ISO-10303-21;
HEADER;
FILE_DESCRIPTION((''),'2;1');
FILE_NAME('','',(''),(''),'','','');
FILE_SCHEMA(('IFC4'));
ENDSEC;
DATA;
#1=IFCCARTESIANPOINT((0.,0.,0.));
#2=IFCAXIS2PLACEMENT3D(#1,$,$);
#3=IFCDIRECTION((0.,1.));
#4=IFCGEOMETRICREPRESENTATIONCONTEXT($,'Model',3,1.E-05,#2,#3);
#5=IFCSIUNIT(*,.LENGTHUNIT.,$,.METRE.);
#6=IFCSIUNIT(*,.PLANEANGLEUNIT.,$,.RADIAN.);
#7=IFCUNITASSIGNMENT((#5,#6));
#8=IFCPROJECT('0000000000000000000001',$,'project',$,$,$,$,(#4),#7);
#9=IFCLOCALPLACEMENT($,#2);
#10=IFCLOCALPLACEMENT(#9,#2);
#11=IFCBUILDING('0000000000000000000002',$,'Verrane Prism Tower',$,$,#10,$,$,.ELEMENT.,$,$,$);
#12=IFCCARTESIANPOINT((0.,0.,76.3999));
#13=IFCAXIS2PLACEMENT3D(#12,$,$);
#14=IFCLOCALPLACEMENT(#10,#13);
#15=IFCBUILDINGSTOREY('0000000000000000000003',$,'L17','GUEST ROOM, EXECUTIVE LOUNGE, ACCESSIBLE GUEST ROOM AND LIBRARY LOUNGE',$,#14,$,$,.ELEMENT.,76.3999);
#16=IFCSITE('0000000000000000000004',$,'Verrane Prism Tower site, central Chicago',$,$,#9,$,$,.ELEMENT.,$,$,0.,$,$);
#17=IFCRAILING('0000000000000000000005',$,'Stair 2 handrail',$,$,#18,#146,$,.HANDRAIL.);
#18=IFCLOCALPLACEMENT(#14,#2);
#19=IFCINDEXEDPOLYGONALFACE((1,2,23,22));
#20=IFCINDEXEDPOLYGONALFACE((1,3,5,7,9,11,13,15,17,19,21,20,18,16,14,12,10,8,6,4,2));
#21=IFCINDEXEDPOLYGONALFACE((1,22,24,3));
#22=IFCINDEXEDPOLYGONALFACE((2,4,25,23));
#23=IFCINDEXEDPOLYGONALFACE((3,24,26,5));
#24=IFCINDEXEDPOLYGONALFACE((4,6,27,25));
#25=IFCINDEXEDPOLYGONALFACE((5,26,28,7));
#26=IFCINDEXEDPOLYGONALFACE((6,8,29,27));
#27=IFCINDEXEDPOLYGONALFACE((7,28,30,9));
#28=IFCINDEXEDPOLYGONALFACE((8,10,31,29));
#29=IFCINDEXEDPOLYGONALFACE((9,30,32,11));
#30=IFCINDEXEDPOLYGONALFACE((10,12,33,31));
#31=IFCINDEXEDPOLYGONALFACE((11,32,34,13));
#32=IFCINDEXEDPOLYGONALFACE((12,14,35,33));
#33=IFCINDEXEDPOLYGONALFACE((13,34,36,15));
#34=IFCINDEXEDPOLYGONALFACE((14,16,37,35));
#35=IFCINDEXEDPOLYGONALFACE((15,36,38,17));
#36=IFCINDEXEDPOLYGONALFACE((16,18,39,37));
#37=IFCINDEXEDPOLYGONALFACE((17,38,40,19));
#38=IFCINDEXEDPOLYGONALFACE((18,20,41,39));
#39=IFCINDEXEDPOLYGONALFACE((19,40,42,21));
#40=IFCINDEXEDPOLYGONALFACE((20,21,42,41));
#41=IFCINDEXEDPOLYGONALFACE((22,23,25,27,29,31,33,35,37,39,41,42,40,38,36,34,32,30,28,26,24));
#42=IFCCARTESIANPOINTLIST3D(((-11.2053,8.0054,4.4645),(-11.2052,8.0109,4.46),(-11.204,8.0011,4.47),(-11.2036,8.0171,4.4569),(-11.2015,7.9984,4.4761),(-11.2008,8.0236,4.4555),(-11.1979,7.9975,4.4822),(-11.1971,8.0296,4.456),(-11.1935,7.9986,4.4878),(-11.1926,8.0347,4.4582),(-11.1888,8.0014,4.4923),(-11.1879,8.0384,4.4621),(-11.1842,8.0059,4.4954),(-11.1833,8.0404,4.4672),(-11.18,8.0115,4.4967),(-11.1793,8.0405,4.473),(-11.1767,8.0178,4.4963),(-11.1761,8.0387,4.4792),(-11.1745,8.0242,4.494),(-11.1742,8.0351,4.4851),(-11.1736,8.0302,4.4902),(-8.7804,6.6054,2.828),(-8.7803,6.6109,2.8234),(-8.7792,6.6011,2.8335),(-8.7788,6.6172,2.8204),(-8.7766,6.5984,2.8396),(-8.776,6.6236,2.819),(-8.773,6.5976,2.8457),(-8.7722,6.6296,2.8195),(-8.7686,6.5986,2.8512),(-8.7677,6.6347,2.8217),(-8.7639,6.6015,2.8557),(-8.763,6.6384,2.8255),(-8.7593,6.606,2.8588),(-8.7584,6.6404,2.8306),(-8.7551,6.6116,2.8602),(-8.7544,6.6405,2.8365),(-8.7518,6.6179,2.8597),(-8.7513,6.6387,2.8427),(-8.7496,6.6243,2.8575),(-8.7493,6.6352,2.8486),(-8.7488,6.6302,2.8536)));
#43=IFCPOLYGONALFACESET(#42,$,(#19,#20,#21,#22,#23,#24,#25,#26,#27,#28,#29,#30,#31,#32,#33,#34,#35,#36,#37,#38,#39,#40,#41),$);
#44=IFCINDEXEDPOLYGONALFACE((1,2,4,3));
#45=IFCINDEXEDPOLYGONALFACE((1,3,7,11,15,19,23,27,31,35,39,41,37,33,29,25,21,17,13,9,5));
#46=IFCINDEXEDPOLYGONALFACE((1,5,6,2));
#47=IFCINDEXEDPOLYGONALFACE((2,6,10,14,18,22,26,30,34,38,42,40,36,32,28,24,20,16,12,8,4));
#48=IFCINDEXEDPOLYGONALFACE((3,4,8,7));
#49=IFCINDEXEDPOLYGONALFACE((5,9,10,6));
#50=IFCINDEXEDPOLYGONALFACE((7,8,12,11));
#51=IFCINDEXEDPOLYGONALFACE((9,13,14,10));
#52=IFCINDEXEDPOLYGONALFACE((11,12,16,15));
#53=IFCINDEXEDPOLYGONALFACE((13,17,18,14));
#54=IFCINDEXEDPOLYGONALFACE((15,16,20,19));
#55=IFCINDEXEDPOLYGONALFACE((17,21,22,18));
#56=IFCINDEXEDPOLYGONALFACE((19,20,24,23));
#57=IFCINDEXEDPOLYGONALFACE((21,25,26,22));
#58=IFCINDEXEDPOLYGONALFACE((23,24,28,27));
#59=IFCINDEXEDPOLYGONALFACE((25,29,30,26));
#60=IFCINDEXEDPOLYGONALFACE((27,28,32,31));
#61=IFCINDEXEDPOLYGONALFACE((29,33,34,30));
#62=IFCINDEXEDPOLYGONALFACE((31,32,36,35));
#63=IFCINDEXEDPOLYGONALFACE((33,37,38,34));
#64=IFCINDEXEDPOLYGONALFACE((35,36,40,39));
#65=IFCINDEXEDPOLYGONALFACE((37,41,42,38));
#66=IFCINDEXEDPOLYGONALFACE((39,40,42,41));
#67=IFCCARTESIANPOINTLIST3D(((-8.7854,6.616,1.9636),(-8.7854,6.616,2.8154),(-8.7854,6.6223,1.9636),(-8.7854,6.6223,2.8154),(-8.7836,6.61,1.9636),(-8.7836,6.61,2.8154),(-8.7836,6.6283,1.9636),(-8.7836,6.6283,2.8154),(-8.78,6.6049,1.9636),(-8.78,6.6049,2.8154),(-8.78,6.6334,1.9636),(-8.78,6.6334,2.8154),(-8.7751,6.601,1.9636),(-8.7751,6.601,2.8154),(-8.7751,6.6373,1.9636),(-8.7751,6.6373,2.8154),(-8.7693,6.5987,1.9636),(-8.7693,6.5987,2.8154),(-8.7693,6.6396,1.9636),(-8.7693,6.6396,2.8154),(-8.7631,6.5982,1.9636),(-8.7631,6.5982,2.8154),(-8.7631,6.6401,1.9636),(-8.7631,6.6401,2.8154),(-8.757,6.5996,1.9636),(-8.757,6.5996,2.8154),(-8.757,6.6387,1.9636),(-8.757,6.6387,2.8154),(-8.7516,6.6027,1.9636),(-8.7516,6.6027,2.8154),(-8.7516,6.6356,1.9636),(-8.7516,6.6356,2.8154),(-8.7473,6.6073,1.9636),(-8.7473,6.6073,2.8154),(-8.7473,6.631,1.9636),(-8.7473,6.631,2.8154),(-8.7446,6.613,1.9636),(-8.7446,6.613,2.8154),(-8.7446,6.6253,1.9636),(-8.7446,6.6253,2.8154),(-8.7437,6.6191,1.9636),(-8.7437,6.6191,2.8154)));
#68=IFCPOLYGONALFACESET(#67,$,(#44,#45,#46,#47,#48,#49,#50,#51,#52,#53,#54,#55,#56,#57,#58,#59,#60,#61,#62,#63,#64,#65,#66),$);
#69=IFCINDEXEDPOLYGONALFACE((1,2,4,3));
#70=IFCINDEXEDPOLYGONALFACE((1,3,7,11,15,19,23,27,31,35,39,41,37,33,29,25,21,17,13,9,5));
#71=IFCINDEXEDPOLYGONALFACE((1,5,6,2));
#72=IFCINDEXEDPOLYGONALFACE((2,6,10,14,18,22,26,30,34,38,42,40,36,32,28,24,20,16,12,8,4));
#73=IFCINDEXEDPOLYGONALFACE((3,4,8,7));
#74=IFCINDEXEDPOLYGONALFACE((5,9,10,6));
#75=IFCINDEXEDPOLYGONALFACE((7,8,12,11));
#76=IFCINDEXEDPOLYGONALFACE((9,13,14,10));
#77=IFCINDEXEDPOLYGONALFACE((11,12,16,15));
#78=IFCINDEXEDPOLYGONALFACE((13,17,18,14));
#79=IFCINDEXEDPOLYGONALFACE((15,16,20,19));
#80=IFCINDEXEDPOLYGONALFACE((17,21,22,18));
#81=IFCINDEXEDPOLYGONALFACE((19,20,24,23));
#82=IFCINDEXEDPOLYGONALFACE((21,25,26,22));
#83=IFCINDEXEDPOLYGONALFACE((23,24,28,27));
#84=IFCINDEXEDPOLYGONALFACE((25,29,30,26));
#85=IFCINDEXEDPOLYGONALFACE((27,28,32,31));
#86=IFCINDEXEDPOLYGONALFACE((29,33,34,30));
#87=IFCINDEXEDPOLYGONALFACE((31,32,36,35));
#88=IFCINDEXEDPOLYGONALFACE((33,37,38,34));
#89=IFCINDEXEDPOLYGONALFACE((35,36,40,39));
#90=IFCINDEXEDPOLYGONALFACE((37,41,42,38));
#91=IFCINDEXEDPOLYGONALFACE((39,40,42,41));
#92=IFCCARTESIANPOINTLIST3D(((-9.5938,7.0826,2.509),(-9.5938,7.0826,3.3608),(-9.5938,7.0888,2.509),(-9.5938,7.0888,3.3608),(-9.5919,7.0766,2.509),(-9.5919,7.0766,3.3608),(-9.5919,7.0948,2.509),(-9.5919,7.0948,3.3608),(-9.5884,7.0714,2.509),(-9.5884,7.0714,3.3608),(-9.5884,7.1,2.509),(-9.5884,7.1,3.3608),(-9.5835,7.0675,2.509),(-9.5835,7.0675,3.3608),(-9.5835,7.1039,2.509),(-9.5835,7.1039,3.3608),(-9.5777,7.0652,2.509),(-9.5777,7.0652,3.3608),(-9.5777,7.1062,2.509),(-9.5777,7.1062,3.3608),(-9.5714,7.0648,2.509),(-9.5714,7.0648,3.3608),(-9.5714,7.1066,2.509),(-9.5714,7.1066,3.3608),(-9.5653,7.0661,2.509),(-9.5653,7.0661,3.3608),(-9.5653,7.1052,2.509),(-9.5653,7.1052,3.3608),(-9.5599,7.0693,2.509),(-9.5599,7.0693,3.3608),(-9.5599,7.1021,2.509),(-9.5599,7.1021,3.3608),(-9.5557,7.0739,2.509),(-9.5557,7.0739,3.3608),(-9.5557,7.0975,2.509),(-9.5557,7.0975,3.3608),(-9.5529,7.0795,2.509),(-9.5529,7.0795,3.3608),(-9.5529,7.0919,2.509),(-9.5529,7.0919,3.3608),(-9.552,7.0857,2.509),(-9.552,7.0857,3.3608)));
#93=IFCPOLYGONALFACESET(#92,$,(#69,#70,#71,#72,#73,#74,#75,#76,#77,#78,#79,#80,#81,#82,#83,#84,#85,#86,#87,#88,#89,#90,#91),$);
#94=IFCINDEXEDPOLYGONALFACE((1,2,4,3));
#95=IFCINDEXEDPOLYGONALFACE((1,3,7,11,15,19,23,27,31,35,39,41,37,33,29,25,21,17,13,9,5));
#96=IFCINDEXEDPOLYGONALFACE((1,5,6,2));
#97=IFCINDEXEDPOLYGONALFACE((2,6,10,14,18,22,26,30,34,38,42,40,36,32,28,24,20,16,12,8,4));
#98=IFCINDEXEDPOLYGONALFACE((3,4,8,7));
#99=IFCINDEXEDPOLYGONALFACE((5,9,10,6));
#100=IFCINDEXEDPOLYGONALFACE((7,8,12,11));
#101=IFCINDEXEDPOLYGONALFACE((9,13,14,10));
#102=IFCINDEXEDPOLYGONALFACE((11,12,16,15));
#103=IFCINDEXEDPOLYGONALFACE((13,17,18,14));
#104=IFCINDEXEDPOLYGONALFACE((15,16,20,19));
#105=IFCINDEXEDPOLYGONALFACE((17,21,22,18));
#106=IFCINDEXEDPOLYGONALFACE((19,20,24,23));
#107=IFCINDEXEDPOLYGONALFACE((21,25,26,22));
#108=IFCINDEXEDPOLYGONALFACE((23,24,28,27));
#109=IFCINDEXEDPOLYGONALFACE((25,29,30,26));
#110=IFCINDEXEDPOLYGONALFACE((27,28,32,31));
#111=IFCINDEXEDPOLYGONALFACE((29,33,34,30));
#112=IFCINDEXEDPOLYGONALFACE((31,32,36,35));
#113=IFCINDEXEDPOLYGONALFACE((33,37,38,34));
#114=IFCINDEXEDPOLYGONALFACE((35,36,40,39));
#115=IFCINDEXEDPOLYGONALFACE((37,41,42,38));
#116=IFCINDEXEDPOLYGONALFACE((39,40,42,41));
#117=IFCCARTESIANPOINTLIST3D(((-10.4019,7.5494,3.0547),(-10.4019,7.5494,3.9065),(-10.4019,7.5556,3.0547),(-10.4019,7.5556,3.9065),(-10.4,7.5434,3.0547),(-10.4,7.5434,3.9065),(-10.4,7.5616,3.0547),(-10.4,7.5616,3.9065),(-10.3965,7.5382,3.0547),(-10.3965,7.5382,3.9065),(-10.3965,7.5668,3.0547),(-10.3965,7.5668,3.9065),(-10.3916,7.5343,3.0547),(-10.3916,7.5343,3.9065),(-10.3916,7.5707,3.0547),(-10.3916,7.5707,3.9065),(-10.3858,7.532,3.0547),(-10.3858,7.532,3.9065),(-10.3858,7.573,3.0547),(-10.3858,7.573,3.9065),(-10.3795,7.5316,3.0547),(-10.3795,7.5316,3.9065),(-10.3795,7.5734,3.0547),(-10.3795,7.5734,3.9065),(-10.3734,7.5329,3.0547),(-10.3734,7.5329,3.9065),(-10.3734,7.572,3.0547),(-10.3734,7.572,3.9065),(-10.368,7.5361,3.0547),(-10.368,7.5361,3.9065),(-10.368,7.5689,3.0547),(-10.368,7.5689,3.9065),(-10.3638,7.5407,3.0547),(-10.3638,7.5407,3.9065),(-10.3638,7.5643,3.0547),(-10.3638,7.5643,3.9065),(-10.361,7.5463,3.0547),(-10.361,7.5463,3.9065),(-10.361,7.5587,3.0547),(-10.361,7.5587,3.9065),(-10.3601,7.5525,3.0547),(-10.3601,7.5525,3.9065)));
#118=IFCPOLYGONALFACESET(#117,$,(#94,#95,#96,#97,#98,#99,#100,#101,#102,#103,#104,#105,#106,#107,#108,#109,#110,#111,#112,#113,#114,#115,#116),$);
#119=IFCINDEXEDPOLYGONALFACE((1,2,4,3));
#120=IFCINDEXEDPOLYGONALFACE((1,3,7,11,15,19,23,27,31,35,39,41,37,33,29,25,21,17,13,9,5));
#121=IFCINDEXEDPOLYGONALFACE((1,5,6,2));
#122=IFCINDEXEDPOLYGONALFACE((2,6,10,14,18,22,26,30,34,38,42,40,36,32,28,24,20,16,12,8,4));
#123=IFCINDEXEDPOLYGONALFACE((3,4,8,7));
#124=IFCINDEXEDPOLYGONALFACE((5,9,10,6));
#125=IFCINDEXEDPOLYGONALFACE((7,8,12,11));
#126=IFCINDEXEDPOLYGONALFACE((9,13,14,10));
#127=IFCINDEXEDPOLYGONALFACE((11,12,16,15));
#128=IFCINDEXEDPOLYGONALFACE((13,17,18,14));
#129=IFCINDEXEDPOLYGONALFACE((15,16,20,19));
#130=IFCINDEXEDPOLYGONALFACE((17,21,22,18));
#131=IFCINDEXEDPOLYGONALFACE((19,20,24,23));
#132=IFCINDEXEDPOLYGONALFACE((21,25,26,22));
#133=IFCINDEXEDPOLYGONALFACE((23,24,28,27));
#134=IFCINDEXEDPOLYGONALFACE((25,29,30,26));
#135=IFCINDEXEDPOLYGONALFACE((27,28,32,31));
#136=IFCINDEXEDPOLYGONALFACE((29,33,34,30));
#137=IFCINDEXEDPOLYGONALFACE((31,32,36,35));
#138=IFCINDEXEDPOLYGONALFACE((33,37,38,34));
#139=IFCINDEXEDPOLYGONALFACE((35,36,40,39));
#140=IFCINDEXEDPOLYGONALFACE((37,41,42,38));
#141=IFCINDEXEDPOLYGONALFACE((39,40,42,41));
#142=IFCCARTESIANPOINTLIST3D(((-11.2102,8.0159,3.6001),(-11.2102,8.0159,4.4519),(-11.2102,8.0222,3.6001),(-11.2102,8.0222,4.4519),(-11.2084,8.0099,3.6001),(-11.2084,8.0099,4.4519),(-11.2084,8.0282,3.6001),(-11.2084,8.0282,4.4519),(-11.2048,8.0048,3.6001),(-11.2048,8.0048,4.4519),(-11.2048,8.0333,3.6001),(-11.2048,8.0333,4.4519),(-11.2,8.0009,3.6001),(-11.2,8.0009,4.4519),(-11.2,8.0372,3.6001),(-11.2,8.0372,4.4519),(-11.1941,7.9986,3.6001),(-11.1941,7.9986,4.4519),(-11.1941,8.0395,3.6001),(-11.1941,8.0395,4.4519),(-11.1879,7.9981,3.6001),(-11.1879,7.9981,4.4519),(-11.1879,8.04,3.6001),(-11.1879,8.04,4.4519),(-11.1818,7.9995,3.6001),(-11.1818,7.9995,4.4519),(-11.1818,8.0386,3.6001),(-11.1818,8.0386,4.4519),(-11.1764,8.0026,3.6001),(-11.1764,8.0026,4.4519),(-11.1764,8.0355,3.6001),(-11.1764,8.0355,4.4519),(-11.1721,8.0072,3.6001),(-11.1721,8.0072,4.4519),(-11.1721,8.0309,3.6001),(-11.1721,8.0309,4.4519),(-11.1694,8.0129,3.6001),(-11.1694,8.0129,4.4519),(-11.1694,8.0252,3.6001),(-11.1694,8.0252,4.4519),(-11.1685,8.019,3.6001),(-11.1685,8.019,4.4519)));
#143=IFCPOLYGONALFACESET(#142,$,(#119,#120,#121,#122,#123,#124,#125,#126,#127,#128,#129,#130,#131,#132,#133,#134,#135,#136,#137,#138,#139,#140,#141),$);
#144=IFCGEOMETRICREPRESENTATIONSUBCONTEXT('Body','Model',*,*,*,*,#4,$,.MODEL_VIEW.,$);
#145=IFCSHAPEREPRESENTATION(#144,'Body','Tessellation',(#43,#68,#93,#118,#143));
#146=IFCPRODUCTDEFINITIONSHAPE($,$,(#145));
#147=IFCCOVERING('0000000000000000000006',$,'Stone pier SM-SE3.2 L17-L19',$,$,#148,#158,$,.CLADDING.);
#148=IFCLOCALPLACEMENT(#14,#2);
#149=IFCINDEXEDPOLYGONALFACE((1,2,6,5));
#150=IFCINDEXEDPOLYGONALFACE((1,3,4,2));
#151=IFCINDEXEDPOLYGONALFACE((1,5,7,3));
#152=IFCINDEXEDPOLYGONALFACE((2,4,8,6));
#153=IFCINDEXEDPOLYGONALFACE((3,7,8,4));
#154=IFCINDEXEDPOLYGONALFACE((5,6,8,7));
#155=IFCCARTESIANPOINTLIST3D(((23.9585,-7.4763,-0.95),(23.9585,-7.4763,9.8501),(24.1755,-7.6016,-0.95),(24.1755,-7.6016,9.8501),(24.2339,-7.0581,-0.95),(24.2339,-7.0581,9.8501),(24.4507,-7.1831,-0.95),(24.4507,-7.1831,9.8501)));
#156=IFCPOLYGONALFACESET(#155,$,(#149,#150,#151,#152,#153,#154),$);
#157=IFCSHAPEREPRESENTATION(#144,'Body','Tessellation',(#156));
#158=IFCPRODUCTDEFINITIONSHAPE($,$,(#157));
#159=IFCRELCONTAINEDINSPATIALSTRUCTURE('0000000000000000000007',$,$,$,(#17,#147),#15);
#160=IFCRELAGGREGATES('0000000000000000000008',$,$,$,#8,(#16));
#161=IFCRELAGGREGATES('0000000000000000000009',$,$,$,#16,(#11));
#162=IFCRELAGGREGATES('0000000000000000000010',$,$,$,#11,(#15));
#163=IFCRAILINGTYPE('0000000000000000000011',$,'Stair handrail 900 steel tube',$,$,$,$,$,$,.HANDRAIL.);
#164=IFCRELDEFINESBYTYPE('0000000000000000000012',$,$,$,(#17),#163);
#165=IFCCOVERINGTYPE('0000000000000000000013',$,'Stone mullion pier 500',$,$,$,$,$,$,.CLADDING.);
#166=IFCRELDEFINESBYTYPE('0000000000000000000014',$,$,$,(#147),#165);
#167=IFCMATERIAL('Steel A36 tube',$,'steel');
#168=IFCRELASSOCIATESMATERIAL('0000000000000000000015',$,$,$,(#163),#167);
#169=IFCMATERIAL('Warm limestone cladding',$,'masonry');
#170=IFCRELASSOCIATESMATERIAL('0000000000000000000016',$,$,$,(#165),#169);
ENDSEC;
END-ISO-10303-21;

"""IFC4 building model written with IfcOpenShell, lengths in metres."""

from ifc_helpers import new_model, si_unit, direction, frame, origin, origin_2d, place, context, subcontext, project, spatial, polyline, circle, outline, extrude, material, type_object, element, save


model = new_model("IFC4")

# Units and contexts
model_context = context("Model", 3, precision=1e-05, world=origin(), true_north=direction((0.0, 1.0)))
body_context = subcontext(model_context, "Body", "Model", "MODEL_VIEW")
ifc_project = project(units=[si_unit("LENGTHUNIT", "METRE"), si_unit("PLANEANGLEUNIT", "RADIAN")], contexts=[model_context])

# Site, building, storey
site_placement = place(None, origin())
site = spatial("IfcSite", under=ifc_project, at=site_placement, Name="Verrane Prism Tower site, central Chicago", CompositionType="ELEMENT", RefElevation=0.0)
building_placement = place(site_placement, origin())
building = spatial("IfcBuilding", under=site, at=building_placement, Name="Verrane Prism Tower", CompositionType="ELEMENT")
storey_placement = place(building_placement, frame((0.0, 0.0, 76.3999)))
storey = spatial("IfcBuildingStorey", under=building, at=storey_placement, Name="L17", Description="GUEST ROOM, EXECUTIVE LOUNGE, ACCESSIBLE GUEST ROOM AND LIBRARY LOUNGE", CompositionType="ELEMENT", Elevation=76.3999)

# Railing
ifc_material_1 = material(Name="Steel A36 tube", Category="steel")
railing_type_1 = type_object("IfcRailingType", Name="Stair handrail 900 steel tube", PredefinedType="HANDRAIL", material=ifc_material_1)
railing_1_placement = place(storey_placement, frame((-8.7646, 6.6191, 1.9636)))
element("IfcRailing", 1, at=railing_1_placement, inside=storey, type_object=railing_type_1, Name="Stair 2 handrail", PredefinedType="HANDRAIL", context=body_context, shape_type="SweptSolid", body=[
    extrude(circle(Radius=0.0239, at=origin_2d()), frame((0.0, 0.0, 0.876), z_axis=(-0.74769, 0.431661, 0.504608), x_axis=(-0.499984, -0.866035, 0.0)), (0.0, 0.0, 1.0), 3.2432),
    extrude(circle(Radius=0.021, at=origin_2d()), origin(), (0.0, 0.0, 1.0), 0.8518),
    extrude(circle(Radius=0.021, at=origin_2d()), frame((-0.8083, 0.4666, 0.5454)), (0.0, 0.0, 1.0), 0.8518),
    extrude(circle(Radius=0.021, at=origin_2d()), frame((-1.6165, 0.9333, 1.0911)), (0.0, 0.0, 1.0), 0.8518),
    extrude(circle(Radius=0.021, at=origin_2d()), frame((-2.4248, 1.3999, 1.6365)), (0.0, 0.0, 1.0), 0.8518),
])

# Covering
ifc_material_2 = material(Name="Warm limestone cladding", Category="masonry")
covering_type_1 = type_object("IfcCoveringType", Name="Stone mullion pier 500", PredefinedType="CLADDING", material=ifc_material_2)
covering_1_placement = place(storey_placement, frame((0.0, 0.0, -0.95)))
element("IfcCovering", 2, at=covering_1_placement, inside=storey, type_object=covering_type_1, Name="Stone pier SM-SE3.2 L17-L19", PredefinedType="CLADDING", context=body_context, shape_type="SweptSolid", body=[
    extrude(outline(polyline([(24.2339, -7.0581), (23.9585, -7.4763), (24.1755, -7.6016), (24.4507, -7.1831), (24.2339, -7.0581)])), origin(), (0.0, 0.0, 1.0), 10.8),
])

save(model, "model.ifc")
